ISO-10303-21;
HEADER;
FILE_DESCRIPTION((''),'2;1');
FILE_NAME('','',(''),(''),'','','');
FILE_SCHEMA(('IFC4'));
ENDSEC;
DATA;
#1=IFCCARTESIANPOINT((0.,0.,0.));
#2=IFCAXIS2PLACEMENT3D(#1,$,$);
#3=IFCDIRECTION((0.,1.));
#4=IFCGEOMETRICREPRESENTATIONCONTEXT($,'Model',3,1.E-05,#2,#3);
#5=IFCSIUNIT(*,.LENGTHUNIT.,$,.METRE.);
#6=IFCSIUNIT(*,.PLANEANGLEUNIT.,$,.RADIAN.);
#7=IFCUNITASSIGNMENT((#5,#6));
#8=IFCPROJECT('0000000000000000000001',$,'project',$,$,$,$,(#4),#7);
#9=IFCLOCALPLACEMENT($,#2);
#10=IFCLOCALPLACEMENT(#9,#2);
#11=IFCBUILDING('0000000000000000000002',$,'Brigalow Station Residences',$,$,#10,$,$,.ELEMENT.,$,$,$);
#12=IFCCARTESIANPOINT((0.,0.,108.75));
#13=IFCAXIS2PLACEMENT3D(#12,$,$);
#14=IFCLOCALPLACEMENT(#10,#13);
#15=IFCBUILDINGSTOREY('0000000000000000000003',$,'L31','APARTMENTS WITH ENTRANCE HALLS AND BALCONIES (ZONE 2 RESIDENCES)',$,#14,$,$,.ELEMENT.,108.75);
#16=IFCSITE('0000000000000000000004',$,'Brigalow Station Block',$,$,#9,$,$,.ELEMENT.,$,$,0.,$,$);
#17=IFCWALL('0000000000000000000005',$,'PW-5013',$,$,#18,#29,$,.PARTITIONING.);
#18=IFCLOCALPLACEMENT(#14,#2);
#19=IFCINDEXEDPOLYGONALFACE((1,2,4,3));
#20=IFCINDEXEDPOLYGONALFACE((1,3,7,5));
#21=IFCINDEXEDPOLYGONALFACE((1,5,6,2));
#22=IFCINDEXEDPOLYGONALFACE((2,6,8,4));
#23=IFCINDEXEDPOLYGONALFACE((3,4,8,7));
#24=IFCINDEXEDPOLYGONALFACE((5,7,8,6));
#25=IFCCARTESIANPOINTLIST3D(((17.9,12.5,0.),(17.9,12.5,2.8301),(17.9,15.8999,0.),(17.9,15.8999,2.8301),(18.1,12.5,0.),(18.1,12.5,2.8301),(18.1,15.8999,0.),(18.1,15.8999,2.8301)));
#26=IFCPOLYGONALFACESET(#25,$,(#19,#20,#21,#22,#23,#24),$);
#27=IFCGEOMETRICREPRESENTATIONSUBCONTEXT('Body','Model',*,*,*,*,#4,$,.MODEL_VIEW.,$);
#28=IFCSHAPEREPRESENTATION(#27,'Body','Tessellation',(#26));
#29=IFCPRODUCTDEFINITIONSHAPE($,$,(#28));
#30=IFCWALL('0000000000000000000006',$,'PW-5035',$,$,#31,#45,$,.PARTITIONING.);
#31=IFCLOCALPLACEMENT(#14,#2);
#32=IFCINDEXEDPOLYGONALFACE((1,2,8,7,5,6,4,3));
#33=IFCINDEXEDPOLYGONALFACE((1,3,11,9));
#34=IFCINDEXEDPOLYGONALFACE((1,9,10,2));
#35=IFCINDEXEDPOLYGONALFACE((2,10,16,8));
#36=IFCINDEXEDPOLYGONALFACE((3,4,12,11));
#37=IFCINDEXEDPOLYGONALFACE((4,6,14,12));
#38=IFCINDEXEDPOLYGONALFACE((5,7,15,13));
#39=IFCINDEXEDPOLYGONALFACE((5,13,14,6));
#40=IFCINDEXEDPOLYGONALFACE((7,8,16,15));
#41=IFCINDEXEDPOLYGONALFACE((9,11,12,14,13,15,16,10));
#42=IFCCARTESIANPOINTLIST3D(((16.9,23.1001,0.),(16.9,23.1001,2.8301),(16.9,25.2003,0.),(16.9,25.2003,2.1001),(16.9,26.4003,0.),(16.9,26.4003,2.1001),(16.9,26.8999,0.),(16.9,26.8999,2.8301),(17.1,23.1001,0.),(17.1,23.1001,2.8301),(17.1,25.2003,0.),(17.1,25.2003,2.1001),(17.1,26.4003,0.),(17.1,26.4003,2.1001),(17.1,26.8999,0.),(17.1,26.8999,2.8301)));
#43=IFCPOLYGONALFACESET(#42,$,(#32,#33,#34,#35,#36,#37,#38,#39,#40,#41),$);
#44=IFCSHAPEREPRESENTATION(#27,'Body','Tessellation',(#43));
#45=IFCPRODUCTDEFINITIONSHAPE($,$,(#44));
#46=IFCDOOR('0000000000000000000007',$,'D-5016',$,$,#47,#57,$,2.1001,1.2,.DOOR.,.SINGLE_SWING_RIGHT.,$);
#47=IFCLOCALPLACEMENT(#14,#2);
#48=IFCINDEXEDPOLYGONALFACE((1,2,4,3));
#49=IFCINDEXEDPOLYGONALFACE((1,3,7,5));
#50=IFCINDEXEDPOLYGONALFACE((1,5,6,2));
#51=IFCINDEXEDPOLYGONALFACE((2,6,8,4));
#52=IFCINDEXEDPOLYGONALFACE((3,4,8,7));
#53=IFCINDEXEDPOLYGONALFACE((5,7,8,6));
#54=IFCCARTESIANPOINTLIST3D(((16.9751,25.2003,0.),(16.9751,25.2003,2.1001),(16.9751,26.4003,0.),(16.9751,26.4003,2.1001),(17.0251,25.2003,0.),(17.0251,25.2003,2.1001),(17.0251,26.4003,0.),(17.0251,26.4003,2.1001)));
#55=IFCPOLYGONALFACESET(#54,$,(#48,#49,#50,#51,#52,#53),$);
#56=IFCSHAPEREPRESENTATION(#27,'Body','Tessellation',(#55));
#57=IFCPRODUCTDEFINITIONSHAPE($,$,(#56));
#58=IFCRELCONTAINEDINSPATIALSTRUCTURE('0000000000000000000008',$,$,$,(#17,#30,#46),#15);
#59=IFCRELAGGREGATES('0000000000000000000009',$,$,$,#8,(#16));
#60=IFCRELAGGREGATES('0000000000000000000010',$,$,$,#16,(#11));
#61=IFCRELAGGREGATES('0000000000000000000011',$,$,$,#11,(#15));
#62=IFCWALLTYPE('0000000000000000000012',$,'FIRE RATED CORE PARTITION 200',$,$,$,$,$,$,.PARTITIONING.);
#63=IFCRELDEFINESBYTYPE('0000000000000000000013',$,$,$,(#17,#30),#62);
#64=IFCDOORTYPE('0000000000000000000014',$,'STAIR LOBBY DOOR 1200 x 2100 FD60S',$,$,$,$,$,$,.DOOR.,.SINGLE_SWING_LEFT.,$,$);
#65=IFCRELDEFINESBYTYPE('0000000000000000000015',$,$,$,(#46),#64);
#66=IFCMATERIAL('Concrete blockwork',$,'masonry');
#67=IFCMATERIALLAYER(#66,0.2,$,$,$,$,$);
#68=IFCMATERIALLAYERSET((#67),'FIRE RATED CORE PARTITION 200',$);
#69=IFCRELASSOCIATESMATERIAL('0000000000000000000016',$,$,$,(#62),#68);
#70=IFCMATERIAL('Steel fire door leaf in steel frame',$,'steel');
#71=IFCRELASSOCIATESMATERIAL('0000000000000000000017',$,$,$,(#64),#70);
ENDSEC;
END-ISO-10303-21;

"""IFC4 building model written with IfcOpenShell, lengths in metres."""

from ifc_helpers import new_model, si_unit, direction, frame, frame_2d, origin, place, context, subcontext, project, spatial, rectangle, extrude, material, layer, layer_set, type_object, element, fill, save


model = new_model("IFC4")

# Units and contexts
model_context = context("Model", 3, precision=1e-05, world=origin(), true_north=direction((0.0, 1.0)))
body_context = subcontext(model_context, "Body", "Model", "MODEL_VIEW")
ifc_project = project(units=[si_unit("LENGTHUNIT", "METRE"), si_unit("PLANEANGLEUNIT", "RADIAN")], contexts=[model_context])

# Site, building, storey
site_placement = place(None, origin())
site = spatial("IfcSite", under=ifc_project, at=site_placement, Name="Brigalow Station Block", CompositionType="ELEMENT", RefElevation=0.0)
building_placement = place(site_placement, origin())
building = spatial("IfcBuilding", under=site, at=building_placement, Name="Brigalow Station Residences", CompositionType="ELEMENT")
storey_placement = place(building_placement, frame((0.0, 0.0, 108.75)))
storey = spatial("IfcBuildingStorey", under=building, at=storey_placement, Name="L31", Description="APARTMENTS WITH ENTRANCE HALLS AND BALCONIES (ZONE 2 RESIDENCES)", CompositionType="ELEMENT", Elevation=108.75)

# Wall
ifc_material_1 = material(Name="Concrete blockwork", Category="masonry")
ifc_layer_1 = layer(ifc_material_1, 0.2)
ifc_layer_set_1 = layer_set([ifc_layer_1], Name="FIRE RATED CORE PARTITION 200")
wall_type_1 = type_object("IfcWallType", Name="FIRE RATED CORE PARTITION 200", PredefinedType="PARTITIONING", material=ifc_layer_set_1)
wall_1_placement = place(storey_placement, frame((18.0, 12.5, 0.0), z_axis=(0.0, 0.0, 1.0), x_axis=(0.0, 1.0, 0.0)))
element("IfcWall", 1, at=wall_1_placement, inside=storey, type_object=wall_type_1, Name="PW-5013", PredefinedType="PARTITIONING", context=body_context, shape_type="SweptSolid", body=[
    extrude(rectangle(XDim=3.3999, YDim=0.2, at=frame_2d((1.7, 0.0))), origin(), (0.0, 0.0, 1.0), 2.8301),
])

# Wall, opening, door
wall_2_placement = place(storey_placement, frame((17.0, 23.1001, 0.0), z_axis=(0.0, 0.0, 1.0), x_axis=(0.0, 1.0, 0.0)))
wall_2 = element("IfcWall", 2, at=wall_2_placement, inside=storey, type_object=wall_type_1, Name="PW-5035", PredefinedType="PARTITIONING", context=body_context, shape_type="SweptSolid", body=[
    extrude(rectangle(XDim=3.7998, YDim=0.2, at=frame_2d((1.8999, 0.0))), origin(), (0.0, 0.0, 1.0), 2.8301),
])
opening_1_placement = place(wall_2_placement, frame((2.1001, 0.0, 0.0)))
opening_1 = element("IfcOpeningElement", 3, at=opening_1_placement, cuts=wall_2, PredefinedType="OPENING", context=body_context, shape_type="SweptSolid", body=[
    extrude(rectangle(XDim=1.2, YDim=2.1001, at=frame_2d((0.6001, 1.05))), frame((0.0, 0.1099, 0.0), z_axis=(0.0, -1.0, 0.0), x_axis=(1.0, 0.0, 0.0)), (0.0, 0.0, 1.0), 0.22),
])
ifc_material_2 = material(Name="Steel fire door leaf in steel frame", Category="steel")
door_type_1 = type_object("IfcDoorType", Name="STAIR LOBBY DOOR 1200 x 2100 FD60S", OperationType="SINGLE_SWING_LEFT", PredefinedType="DOOR", material=ifc_material_2)
door_1_placement = place(opening_1_placement, origin())
door_1 = element("IfcDoor", 4, at=door_1_placement, inside=storey, type_object=door_type_1, Name="D-5016", OperationType="SINGLE_SWING_RIGHT", OverallHeight=2.1001, OverallWidth=1.2, PredefinedType="DOOR", context=body_context, shape_type="SweptSolid", body=[
    extrude(rectangle(XDim=1.2, YDim=2.1001, at=frame_2d((0.6001, 1.05))), frame((0.0, 0.0249, 0.0), z_axis=(0.0, -1.0, 0.0), x_axis=(1.0, 0.0, 0.0)), (0.0, 0.0, 1.0), 0.05),
])
fill(opening_1, door_1)

save(model, "model.ifc")
